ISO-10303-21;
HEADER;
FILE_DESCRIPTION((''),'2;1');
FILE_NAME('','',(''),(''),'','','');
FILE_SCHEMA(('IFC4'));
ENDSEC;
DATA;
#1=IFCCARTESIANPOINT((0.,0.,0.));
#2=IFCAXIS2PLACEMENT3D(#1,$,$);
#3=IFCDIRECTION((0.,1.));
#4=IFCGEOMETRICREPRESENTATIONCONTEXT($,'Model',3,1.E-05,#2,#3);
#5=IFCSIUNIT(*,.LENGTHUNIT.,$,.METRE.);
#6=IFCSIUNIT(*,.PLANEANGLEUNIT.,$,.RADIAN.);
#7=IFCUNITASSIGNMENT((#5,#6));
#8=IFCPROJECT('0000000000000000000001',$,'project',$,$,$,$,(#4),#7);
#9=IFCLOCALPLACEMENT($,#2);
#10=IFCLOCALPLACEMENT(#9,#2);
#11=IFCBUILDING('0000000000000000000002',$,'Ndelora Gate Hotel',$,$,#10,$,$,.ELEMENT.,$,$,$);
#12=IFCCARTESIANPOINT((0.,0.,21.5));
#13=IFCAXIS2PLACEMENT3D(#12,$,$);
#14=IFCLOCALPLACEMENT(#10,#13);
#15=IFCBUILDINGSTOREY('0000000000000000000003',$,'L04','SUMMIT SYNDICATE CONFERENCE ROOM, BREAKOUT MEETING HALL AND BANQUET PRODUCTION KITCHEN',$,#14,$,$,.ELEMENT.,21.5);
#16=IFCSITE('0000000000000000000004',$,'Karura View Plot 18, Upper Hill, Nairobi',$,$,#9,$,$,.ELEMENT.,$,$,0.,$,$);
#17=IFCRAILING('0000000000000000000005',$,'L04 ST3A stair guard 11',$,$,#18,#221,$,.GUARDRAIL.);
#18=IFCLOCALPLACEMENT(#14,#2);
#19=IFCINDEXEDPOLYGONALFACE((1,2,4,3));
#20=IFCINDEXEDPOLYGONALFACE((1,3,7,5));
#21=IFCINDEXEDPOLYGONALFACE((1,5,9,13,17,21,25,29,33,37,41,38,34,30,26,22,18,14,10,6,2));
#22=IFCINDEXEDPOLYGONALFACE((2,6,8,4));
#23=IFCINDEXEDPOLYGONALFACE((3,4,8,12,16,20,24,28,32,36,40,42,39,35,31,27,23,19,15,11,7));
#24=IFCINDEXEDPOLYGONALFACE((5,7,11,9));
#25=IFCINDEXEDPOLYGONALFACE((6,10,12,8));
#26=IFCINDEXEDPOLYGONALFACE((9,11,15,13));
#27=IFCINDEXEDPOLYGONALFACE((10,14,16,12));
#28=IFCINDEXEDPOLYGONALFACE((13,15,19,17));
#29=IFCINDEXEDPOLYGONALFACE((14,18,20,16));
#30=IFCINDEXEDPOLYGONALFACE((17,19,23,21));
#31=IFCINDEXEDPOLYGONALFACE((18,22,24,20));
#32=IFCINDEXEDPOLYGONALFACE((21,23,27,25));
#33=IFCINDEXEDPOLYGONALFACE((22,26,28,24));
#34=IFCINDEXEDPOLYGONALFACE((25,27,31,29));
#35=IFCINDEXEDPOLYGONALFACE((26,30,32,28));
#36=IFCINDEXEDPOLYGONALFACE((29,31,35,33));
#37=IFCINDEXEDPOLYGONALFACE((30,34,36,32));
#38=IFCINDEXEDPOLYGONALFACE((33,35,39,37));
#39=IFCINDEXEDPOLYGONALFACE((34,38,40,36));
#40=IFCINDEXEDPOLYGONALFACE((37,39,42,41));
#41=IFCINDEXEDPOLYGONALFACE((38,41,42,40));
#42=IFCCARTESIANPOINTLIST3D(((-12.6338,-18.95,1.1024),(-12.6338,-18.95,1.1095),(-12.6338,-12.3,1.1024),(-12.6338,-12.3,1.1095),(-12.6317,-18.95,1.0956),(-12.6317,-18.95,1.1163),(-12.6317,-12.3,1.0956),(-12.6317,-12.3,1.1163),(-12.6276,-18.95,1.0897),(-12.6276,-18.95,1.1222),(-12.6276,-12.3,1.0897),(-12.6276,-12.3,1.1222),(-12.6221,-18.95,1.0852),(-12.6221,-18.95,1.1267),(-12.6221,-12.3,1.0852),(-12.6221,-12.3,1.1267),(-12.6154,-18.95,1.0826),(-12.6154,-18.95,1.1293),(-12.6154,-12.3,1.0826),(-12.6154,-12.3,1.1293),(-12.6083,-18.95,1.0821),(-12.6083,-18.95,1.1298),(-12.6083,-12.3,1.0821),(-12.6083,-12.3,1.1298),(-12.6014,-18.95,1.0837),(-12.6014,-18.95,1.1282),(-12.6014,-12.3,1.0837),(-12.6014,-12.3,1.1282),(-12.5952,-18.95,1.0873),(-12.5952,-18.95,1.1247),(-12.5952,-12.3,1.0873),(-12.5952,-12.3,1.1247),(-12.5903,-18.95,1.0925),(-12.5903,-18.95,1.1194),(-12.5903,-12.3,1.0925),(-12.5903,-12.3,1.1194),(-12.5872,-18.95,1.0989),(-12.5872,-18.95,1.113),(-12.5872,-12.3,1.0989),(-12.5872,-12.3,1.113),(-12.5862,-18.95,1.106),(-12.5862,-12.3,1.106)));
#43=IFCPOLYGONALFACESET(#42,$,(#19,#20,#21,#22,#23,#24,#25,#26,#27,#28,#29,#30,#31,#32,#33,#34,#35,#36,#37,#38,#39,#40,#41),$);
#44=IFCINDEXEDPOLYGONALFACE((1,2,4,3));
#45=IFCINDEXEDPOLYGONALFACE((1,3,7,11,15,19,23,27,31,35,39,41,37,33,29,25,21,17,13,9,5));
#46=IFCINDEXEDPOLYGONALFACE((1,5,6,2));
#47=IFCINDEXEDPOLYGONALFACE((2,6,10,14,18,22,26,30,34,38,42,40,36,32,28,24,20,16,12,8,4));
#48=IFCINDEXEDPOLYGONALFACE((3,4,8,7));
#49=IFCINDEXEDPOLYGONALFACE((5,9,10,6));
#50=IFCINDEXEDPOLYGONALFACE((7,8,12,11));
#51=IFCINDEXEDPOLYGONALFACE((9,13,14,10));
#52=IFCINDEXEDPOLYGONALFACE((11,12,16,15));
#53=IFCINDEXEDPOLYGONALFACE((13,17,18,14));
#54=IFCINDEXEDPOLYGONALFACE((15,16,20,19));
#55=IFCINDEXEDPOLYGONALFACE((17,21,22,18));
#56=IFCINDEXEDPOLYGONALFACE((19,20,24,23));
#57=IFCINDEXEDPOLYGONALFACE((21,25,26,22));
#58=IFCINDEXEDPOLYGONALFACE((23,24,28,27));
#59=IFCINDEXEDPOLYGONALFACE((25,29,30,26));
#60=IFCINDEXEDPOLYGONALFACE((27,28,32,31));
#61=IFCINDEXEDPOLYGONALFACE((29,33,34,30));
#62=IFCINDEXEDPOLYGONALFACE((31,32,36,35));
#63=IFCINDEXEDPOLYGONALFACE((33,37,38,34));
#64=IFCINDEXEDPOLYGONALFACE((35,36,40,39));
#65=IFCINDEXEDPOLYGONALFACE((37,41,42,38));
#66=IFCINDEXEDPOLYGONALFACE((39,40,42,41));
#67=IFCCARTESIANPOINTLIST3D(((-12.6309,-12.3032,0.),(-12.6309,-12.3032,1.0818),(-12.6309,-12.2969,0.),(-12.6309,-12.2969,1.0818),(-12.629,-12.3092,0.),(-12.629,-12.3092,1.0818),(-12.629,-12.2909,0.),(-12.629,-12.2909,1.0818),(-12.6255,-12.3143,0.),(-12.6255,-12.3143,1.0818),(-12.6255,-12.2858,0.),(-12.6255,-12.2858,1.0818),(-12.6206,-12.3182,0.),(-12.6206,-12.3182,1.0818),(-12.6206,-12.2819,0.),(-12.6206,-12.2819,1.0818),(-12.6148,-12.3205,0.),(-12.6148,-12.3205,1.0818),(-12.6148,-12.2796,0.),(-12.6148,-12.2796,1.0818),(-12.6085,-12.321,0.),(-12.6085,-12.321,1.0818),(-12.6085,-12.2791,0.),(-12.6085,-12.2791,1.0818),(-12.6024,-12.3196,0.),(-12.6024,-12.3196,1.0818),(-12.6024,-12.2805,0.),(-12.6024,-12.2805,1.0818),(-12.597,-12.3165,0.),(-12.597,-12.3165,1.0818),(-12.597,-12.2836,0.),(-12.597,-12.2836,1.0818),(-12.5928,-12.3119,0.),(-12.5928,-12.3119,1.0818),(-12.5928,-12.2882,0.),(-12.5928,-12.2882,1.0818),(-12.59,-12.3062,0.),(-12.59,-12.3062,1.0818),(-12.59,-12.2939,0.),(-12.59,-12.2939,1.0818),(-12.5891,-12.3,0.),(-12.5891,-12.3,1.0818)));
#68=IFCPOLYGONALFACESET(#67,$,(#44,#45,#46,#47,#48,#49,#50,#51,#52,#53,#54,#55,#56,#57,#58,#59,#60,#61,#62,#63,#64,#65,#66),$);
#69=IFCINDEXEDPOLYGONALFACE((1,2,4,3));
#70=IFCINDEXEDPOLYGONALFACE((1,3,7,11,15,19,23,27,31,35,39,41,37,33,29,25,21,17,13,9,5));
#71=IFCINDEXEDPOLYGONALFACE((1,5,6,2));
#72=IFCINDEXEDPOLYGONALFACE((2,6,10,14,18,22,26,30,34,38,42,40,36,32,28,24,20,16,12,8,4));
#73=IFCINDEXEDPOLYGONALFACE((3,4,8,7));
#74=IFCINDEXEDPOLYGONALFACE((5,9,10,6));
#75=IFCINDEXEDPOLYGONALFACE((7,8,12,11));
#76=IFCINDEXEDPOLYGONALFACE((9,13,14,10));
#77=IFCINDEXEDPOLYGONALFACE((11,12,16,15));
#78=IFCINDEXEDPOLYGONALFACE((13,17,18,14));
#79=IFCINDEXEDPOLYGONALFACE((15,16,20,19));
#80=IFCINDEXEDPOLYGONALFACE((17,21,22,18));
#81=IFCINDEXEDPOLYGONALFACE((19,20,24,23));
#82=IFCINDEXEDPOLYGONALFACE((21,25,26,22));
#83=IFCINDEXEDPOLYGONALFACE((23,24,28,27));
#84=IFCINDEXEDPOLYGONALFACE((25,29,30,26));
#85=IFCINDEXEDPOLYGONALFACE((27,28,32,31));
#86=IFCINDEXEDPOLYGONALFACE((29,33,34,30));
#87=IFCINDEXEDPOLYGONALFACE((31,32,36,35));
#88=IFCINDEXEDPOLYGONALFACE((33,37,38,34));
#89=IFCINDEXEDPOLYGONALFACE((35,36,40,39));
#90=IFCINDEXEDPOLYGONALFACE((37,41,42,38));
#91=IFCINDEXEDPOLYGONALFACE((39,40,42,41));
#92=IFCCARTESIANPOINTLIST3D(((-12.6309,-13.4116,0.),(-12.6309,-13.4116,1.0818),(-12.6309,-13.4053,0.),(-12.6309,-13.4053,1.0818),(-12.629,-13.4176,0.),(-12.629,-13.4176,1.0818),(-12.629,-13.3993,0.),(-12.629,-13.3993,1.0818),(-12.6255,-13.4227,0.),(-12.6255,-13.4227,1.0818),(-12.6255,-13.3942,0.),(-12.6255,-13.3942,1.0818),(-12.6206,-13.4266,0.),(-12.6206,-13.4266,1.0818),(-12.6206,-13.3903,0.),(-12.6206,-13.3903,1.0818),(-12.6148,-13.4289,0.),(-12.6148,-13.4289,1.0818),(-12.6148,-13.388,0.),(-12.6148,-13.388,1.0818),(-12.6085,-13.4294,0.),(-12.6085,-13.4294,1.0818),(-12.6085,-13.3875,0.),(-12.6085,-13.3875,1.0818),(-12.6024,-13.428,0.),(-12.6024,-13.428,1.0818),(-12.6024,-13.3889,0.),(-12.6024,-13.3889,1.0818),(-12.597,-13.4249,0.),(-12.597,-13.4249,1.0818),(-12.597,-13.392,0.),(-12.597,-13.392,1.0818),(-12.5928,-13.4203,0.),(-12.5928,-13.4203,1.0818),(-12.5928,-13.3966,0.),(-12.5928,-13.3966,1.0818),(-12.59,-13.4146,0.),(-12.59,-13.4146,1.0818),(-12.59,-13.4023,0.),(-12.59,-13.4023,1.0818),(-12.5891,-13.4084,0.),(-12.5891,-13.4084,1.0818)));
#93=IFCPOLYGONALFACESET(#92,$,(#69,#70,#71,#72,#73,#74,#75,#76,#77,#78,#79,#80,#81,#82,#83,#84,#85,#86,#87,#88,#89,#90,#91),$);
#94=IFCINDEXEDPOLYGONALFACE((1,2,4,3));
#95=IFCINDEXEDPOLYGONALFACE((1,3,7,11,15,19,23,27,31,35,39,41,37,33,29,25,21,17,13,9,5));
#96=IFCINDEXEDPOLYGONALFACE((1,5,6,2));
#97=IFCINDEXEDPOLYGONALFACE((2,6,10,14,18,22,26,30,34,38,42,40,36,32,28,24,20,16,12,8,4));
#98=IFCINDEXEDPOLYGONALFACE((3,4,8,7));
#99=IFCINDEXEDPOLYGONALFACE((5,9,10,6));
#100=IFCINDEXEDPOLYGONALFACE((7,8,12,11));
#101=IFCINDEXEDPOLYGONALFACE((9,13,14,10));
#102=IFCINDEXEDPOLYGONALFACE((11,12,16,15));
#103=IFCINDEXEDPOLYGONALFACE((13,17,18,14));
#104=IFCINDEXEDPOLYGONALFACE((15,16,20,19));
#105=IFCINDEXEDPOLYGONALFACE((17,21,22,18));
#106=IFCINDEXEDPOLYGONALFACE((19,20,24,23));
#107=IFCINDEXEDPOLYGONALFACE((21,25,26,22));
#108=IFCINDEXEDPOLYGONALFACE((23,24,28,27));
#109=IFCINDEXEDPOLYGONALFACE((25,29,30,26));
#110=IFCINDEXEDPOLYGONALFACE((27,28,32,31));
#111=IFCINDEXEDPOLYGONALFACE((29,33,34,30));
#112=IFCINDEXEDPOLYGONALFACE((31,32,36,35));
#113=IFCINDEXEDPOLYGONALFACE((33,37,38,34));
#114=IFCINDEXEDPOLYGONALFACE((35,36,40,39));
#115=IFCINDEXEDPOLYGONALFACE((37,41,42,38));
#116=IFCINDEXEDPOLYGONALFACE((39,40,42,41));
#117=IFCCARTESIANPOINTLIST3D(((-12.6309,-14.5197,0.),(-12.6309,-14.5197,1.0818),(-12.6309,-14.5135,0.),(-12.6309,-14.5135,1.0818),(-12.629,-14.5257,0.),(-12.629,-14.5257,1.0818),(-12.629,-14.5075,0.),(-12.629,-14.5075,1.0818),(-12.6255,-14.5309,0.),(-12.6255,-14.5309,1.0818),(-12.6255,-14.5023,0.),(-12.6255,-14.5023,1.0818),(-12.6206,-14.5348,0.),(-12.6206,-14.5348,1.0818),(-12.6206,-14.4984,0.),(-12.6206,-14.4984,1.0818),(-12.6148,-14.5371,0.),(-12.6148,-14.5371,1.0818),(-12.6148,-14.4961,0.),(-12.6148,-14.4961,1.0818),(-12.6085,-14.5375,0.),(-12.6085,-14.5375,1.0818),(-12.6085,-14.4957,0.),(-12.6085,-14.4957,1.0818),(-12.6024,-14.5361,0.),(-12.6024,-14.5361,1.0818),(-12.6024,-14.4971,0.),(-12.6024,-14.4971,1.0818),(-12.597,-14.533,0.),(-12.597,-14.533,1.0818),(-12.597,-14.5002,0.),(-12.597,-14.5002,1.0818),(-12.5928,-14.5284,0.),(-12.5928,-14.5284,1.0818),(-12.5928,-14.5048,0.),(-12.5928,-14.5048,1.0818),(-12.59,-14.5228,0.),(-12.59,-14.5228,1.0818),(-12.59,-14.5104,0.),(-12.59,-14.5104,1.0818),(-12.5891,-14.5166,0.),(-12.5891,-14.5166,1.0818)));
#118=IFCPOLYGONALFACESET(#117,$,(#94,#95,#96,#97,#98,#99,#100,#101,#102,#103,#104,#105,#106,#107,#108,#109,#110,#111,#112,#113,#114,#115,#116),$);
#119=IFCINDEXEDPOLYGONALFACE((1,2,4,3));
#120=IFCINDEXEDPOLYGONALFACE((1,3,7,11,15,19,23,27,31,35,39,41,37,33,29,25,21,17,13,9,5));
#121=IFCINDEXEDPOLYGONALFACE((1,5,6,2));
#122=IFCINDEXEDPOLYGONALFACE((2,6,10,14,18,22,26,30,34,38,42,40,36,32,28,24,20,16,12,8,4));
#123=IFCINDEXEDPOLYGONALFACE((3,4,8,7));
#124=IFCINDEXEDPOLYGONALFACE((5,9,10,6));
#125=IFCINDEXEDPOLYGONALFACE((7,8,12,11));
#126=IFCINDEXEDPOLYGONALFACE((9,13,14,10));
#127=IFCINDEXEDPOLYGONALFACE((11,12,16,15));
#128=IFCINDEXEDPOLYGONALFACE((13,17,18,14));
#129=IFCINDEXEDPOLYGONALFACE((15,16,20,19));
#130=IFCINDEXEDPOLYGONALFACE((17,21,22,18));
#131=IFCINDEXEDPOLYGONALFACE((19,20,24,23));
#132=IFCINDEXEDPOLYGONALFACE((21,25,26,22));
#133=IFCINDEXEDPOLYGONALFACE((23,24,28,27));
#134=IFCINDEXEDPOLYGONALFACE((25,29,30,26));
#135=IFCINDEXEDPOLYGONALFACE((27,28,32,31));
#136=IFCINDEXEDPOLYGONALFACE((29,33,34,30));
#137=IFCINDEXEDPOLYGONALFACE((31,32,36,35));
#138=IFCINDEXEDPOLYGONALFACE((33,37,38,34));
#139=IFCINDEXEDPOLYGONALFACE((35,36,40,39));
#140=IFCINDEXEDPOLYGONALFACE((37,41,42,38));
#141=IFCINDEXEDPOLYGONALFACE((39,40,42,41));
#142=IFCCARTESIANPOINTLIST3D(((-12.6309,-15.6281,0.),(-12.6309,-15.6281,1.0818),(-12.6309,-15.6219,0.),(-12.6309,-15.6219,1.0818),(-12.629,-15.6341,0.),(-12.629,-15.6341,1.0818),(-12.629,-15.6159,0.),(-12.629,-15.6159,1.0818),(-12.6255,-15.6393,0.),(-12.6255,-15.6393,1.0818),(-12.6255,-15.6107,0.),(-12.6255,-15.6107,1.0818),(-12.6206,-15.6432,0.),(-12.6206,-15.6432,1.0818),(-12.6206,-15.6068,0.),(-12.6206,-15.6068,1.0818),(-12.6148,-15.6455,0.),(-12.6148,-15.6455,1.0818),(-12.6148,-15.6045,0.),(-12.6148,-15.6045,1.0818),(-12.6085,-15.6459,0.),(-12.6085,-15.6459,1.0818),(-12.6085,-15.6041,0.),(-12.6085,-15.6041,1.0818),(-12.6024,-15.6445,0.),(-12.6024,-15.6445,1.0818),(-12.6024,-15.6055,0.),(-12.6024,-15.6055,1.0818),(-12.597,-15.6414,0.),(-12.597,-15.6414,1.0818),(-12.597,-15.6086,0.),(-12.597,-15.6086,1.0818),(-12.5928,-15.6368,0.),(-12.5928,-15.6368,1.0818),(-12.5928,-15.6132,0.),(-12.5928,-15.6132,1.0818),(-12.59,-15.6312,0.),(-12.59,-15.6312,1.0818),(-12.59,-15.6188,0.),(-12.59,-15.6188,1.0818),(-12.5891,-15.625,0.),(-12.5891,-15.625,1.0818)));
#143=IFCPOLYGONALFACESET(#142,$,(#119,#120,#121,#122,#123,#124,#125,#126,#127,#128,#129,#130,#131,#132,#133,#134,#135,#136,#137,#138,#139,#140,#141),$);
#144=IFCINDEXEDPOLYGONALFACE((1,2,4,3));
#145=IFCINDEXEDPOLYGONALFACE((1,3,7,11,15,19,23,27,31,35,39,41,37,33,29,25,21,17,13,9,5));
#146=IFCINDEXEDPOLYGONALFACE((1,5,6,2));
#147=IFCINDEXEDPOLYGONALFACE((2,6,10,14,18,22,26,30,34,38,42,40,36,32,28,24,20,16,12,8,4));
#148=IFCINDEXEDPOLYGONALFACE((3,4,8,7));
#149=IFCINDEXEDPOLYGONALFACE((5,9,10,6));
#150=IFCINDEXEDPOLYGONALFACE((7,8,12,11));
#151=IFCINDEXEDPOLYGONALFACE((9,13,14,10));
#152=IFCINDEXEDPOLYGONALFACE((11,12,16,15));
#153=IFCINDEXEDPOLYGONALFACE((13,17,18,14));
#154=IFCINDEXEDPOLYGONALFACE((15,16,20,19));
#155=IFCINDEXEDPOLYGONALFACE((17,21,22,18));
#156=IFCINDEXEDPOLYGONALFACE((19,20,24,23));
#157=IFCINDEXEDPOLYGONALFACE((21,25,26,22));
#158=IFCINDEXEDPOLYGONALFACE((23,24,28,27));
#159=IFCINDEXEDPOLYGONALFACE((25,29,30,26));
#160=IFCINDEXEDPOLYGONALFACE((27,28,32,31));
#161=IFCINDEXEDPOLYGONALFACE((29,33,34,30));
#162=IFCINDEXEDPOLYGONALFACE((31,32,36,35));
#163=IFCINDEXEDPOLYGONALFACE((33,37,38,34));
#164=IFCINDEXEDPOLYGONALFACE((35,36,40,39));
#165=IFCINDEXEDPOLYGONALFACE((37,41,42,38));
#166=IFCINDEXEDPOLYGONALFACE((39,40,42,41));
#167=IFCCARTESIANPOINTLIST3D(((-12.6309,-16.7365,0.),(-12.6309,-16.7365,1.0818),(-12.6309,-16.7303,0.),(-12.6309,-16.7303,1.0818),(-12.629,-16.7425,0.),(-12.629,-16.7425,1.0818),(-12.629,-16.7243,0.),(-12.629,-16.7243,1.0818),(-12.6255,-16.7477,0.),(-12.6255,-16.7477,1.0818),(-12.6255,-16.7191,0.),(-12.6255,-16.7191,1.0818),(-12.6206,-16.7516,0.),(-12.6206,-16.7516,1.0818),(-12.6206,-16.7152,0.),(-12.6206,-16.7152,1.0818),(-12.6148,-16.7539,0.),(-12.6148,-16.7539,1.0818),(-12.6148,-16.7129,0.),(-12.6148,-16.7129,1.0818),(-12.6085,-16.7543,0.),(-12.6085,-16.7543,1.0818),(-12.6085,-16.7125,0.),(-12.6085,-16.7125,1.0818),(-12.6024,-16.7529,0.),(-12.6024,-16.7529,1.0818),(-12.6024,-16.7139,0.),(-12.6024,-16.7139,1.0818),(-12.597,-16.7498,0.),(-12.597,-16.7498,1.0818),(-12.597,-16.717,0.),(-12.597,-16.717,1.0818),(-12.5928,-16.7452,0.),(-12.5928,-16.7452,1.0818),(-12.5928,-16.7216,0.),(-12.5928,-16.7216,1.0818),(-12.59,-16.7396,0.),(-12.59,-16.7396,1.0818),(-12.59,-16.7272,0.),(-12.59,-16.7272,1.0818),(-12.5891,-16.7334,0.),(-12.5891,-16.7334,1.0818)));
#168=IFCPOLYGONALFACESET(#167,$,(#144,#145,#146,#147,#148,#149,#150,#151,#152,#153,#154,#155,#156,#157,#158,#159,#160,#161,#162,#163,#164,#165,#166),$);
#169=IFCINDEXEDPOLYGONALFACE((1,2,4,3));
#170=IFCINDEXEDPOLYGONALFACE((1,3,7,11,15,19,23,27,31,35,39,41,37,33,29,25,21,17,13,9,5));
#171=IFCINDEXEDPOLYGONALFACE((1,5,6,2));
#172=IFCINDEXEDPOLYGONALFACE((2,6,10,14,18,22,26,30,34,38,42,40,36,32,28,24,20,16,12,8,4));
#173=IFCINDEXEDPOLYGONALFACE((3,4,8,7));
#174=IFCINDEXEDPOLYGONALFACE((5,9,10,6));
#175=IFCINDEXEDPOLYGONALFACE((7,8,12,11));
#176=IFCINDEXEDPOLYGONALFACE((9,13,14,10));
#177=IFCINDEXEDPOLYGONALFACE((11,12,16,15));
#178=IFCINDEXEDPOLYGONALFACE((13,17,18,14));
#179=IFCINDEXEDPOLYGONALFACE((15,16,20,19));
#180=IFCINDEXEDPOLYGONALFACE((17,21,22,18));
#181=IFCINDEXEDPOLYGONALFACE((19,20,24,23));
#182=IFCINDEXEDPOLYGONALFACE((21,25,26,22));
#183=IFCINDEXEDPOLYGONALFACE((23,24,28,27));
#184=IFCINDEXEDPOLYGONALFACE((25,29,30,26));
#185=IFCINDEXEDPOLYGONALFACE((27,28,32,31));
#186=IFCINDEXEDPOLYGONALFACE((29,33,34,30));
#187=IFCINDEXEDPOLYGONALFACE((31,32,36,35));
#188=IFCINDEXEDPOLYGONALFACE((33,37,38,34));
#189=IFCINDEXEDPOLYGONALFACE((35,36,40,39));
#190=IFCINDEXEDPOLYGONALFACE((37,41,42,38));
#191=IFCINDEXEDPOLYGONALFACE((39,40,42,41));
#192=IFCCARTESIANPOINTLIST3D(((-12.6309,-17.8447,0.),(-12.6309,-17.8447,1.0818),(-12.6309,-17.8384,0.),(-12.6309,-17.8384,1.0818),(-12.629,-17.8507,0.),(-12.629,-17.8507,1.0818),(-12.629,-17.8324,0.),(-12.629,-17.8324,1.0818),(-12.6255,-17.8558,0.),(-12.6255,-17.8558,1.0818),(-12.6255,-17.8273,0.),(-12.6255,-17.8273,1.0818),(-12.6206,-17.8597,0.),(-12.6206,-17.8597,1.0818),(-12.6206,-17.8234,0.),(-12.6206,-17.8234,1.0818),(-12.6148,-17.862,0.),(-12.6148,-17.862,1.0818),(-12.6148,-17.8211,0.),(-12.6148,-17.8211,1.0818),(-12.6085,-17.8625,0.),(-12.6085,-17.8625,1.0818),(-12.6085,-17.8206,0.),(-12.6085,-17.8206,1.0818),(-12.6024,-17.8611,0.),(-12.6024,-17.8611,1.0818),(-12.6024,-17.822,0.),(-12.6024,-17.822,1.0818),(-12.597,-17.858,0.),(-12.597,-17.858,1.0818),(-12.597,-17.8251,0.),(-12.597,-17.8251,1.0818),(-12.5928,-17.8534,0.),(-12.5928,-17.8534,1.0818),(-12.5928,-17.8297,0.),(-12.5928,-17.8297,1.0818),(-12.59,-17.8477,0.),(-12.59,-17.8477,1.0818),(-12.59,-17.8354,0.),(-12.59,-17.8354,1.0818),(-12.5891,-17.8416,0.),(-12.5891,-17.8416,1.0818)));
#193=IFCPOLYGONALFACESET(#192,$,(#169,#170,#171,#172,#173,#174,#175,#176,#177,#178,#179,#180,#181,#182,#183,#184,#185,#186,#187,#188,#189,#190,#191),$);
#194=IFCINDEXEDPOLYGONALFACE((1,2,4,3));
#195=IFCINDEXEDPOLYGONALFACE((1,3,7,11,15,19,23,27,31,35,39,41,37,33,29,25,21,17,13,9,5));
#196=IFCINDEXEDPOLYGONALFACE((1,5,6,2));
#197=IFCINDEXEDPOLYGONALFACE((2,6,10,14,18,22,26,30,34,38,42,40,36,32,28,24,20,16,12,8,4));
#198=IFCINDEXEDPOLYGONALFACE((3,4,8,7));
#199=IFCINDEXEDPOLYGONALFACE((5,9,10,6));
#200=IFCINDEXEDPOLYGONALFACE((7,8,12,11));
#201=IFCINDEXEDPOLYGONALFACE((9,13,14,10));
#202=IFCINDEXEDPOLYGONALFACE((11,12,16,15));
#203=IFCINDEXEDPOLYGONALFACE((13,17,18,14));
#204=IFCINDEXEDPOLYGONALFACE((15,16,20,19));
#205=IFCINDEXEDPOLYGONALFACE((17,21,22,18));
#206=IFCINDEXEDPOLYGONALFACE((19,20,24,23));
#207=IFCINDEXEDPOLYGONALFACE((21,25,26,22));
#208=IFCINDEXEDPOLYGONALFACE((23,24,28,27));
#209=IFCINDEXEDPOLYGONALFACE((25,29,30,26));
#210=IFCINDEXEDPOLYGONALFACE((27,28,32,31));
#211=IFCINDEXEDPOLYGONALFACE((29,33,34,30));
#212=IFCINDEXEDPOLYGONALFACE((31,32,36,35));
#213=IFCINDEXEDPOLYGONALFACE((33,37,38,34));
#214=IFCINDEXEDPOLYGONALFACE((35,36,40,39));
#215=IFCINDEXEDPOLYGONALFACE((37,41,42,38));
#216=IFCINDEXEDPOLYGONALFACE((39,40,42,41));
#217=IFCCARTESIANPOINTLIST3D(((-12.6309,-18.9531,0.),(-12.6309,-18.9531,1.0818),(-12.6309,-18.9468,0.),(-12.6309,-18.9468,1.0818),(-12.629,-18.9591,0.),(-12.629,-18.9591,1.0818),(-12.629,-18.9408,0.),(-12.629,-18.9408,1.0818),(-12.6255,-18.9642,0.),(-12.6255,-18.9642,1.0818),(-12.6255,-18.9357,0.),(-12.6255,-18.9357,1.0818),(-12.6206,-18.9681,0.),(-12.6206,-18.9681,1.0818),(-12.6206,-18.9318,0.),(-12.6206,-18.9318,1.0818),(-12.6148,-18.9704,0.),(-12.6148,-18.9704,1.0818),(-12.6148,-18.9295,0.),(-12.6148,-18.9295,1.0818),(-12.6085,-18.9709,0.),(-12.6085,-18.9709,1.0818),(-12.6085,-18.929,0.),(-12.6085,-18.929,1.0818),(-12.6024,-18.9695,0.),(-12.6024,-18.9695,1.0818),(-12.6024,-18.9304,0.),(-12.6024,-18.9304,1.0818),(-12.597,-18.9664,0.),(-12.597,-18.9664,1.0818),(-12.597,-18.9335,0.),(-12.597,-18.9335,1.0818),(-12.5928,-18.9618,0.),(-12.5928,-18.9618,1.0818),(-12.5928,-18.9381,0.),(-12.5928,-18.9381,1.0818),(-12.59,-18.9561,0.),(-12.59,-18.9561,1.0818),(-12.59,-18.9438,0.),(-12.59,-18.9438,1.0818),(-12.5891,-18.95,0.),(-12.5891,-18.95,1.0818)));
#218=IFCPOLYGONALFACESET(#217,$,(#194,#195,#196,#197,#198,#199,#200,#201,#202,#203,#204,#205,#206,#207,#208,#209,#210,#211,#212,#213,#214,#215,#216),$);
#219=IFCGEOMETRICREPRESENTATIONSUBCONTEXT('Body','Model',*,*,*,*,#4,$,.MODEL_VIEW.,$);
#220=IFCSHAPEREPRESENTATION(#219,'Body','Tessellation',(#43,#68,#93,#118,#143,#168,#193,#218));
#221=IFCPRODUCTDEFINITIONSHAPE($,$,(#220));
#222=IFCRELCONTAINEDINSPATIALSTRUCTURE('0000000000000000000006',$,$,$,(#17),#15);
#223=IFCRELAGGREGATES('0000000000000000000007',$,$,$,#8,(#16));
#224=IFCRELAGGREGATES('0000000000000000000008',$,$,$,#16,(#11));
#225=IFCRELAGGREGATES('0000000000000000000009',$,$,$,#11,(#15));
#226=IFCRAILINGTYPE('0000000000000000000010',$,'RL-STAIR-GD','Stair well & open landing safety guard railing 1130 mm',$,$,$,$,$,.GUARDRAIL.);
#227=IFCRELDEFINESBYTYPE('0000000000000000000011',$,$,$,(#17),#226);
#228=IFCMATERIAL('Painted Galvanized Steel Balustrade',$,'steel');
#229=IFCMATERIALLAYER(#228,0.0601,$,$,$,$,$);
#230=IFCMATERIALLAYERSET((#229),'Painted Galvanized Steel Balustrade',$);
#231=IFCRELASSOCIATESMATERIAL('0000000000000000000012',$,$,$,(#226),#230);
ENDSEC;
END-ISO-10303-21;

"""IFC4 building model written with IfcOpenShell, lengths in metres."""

from ifc_helpers import new_model, si_unit, direction, frame, origin, origin_2d, place, context, subcontext, project, spatial, circle, extrude, material, layer, layer_set, type_object, element, save


model = new_model("IFC4")

# Units and contexts
model_context = context("Model", 3, precision=1e-05, world=origin(), true_north=direction((0.0, 1.0)))
body_context = subcontext(model_context, "Body", "Model", "MODEL_VIEW")
ifc_project = project(units=[si_unit("LENGTHUNIT", "METRE"), si_unit("PLANEANGLEUNIT", "RADIAN")], contexts=[model_context])

# Site, building, storey
site_placement = place(None, origin())
site = spatial("IfcSite", under=ifc_project, at=site_placement, Name="Karura View Plot 18, Upper Hill, Nairobi", CompositionType="ELEMENT", RefElevation=0.0)
building_placement = place(site_placement, origin())
building = spatial("IfcBuilding", under=site, at=building_placement, Name="Ndelora Gate Hotel", CompositionType="ELEMENT")
storey_placement = place(building_placement, frame((0.0, 0.0, 21.5)))
storey = spatial("IfcBuildingStorey", under=building, at=storey_placement, Name="L04", Description="SUMMIT SYNDICATE CONFERENCE ROOM, BREAKOUT MEETING HALL AND BANQUET PRODUCTION KITCHEN", CompositionType="ELEMENT", Elevation=21.5)

# Railing
ifc_material_1 = material(Name="Painted Galvanized Steel Balustrade", Category="steel")
ifc_layer_1 = layer(ifc_material_1, 0.0601)
ifc_layer_set_1 = layer_set([ifc_layer_1], Name="Painted Galvanized Steel Balustrade")
railing_type_1 = type_object("IfcRailingType", Name="RL-STAIR-GD", Description="Stair well & open landing safety guard railing 1130 mm", PredefinedType="GUARDRAIL", material=ifc_layer_set_1)
railing_1_placement = place(storey_placement, frame((-12.6101, -12.3, 0.0)))
element("IfcRailing", 1, at=railing_1_placement, inside=storey, type_object=railing_type_1, Name="L04 ST3A stair guard 11", PredefinedType="GUARDRAIL", context=body_context, shape_type="SweptSolid", body=[
    extrude(circle(Radius=0.0239, at=origin_2d()), frame((0.0, 0.0, 1.106), z_axis=(0.0, -1.0, 0.0), x_axis=(1.0, 0.0, 0.0)), (0.0, 0.0, 1.0), 6.6499),
    extrude(circle(Radius=0.021, at=origin_2d()), origin(), (0.0, 0.0, 1.0), 1.0818),
    extrude(circle(Radius=0.021, at=origin_2d()), frame((0.0, -1.1084, 0.0)), (0.0, 0.0, 1.0), 1.0818),
    extrude(circle(Radius=0.021, at=origin_2d()), frame((0.0, -2.2166, 0.0)), (0.0, 0.0, 1.0), 1.0818),
    extrude(circle(Radius=0.021, at=origin_2d()), frame((0.0, -3.325, 0.0)), (0.0, 0.0, 1.0), 1.0818),
    extrude(circle(Radius=0.021, at=origin_2d()), frame((0.0, -4.4333, 0.0)), (0.0, 0.0, 1.0), 1.0818),
    extrude(circle(Radius=0.021, at=origin_2d()), frame((0.0, -5.5415, 0.0)), (0.0, 0.0, 1.0), 1.0818),
    extrude(circle(Radius=0.021, at=origin_2d()), frame((0.0, -6.6499, 0.0)), (0.0, 0.0, 1.0), 1.0818),
])

save(model, "model.ifc")
